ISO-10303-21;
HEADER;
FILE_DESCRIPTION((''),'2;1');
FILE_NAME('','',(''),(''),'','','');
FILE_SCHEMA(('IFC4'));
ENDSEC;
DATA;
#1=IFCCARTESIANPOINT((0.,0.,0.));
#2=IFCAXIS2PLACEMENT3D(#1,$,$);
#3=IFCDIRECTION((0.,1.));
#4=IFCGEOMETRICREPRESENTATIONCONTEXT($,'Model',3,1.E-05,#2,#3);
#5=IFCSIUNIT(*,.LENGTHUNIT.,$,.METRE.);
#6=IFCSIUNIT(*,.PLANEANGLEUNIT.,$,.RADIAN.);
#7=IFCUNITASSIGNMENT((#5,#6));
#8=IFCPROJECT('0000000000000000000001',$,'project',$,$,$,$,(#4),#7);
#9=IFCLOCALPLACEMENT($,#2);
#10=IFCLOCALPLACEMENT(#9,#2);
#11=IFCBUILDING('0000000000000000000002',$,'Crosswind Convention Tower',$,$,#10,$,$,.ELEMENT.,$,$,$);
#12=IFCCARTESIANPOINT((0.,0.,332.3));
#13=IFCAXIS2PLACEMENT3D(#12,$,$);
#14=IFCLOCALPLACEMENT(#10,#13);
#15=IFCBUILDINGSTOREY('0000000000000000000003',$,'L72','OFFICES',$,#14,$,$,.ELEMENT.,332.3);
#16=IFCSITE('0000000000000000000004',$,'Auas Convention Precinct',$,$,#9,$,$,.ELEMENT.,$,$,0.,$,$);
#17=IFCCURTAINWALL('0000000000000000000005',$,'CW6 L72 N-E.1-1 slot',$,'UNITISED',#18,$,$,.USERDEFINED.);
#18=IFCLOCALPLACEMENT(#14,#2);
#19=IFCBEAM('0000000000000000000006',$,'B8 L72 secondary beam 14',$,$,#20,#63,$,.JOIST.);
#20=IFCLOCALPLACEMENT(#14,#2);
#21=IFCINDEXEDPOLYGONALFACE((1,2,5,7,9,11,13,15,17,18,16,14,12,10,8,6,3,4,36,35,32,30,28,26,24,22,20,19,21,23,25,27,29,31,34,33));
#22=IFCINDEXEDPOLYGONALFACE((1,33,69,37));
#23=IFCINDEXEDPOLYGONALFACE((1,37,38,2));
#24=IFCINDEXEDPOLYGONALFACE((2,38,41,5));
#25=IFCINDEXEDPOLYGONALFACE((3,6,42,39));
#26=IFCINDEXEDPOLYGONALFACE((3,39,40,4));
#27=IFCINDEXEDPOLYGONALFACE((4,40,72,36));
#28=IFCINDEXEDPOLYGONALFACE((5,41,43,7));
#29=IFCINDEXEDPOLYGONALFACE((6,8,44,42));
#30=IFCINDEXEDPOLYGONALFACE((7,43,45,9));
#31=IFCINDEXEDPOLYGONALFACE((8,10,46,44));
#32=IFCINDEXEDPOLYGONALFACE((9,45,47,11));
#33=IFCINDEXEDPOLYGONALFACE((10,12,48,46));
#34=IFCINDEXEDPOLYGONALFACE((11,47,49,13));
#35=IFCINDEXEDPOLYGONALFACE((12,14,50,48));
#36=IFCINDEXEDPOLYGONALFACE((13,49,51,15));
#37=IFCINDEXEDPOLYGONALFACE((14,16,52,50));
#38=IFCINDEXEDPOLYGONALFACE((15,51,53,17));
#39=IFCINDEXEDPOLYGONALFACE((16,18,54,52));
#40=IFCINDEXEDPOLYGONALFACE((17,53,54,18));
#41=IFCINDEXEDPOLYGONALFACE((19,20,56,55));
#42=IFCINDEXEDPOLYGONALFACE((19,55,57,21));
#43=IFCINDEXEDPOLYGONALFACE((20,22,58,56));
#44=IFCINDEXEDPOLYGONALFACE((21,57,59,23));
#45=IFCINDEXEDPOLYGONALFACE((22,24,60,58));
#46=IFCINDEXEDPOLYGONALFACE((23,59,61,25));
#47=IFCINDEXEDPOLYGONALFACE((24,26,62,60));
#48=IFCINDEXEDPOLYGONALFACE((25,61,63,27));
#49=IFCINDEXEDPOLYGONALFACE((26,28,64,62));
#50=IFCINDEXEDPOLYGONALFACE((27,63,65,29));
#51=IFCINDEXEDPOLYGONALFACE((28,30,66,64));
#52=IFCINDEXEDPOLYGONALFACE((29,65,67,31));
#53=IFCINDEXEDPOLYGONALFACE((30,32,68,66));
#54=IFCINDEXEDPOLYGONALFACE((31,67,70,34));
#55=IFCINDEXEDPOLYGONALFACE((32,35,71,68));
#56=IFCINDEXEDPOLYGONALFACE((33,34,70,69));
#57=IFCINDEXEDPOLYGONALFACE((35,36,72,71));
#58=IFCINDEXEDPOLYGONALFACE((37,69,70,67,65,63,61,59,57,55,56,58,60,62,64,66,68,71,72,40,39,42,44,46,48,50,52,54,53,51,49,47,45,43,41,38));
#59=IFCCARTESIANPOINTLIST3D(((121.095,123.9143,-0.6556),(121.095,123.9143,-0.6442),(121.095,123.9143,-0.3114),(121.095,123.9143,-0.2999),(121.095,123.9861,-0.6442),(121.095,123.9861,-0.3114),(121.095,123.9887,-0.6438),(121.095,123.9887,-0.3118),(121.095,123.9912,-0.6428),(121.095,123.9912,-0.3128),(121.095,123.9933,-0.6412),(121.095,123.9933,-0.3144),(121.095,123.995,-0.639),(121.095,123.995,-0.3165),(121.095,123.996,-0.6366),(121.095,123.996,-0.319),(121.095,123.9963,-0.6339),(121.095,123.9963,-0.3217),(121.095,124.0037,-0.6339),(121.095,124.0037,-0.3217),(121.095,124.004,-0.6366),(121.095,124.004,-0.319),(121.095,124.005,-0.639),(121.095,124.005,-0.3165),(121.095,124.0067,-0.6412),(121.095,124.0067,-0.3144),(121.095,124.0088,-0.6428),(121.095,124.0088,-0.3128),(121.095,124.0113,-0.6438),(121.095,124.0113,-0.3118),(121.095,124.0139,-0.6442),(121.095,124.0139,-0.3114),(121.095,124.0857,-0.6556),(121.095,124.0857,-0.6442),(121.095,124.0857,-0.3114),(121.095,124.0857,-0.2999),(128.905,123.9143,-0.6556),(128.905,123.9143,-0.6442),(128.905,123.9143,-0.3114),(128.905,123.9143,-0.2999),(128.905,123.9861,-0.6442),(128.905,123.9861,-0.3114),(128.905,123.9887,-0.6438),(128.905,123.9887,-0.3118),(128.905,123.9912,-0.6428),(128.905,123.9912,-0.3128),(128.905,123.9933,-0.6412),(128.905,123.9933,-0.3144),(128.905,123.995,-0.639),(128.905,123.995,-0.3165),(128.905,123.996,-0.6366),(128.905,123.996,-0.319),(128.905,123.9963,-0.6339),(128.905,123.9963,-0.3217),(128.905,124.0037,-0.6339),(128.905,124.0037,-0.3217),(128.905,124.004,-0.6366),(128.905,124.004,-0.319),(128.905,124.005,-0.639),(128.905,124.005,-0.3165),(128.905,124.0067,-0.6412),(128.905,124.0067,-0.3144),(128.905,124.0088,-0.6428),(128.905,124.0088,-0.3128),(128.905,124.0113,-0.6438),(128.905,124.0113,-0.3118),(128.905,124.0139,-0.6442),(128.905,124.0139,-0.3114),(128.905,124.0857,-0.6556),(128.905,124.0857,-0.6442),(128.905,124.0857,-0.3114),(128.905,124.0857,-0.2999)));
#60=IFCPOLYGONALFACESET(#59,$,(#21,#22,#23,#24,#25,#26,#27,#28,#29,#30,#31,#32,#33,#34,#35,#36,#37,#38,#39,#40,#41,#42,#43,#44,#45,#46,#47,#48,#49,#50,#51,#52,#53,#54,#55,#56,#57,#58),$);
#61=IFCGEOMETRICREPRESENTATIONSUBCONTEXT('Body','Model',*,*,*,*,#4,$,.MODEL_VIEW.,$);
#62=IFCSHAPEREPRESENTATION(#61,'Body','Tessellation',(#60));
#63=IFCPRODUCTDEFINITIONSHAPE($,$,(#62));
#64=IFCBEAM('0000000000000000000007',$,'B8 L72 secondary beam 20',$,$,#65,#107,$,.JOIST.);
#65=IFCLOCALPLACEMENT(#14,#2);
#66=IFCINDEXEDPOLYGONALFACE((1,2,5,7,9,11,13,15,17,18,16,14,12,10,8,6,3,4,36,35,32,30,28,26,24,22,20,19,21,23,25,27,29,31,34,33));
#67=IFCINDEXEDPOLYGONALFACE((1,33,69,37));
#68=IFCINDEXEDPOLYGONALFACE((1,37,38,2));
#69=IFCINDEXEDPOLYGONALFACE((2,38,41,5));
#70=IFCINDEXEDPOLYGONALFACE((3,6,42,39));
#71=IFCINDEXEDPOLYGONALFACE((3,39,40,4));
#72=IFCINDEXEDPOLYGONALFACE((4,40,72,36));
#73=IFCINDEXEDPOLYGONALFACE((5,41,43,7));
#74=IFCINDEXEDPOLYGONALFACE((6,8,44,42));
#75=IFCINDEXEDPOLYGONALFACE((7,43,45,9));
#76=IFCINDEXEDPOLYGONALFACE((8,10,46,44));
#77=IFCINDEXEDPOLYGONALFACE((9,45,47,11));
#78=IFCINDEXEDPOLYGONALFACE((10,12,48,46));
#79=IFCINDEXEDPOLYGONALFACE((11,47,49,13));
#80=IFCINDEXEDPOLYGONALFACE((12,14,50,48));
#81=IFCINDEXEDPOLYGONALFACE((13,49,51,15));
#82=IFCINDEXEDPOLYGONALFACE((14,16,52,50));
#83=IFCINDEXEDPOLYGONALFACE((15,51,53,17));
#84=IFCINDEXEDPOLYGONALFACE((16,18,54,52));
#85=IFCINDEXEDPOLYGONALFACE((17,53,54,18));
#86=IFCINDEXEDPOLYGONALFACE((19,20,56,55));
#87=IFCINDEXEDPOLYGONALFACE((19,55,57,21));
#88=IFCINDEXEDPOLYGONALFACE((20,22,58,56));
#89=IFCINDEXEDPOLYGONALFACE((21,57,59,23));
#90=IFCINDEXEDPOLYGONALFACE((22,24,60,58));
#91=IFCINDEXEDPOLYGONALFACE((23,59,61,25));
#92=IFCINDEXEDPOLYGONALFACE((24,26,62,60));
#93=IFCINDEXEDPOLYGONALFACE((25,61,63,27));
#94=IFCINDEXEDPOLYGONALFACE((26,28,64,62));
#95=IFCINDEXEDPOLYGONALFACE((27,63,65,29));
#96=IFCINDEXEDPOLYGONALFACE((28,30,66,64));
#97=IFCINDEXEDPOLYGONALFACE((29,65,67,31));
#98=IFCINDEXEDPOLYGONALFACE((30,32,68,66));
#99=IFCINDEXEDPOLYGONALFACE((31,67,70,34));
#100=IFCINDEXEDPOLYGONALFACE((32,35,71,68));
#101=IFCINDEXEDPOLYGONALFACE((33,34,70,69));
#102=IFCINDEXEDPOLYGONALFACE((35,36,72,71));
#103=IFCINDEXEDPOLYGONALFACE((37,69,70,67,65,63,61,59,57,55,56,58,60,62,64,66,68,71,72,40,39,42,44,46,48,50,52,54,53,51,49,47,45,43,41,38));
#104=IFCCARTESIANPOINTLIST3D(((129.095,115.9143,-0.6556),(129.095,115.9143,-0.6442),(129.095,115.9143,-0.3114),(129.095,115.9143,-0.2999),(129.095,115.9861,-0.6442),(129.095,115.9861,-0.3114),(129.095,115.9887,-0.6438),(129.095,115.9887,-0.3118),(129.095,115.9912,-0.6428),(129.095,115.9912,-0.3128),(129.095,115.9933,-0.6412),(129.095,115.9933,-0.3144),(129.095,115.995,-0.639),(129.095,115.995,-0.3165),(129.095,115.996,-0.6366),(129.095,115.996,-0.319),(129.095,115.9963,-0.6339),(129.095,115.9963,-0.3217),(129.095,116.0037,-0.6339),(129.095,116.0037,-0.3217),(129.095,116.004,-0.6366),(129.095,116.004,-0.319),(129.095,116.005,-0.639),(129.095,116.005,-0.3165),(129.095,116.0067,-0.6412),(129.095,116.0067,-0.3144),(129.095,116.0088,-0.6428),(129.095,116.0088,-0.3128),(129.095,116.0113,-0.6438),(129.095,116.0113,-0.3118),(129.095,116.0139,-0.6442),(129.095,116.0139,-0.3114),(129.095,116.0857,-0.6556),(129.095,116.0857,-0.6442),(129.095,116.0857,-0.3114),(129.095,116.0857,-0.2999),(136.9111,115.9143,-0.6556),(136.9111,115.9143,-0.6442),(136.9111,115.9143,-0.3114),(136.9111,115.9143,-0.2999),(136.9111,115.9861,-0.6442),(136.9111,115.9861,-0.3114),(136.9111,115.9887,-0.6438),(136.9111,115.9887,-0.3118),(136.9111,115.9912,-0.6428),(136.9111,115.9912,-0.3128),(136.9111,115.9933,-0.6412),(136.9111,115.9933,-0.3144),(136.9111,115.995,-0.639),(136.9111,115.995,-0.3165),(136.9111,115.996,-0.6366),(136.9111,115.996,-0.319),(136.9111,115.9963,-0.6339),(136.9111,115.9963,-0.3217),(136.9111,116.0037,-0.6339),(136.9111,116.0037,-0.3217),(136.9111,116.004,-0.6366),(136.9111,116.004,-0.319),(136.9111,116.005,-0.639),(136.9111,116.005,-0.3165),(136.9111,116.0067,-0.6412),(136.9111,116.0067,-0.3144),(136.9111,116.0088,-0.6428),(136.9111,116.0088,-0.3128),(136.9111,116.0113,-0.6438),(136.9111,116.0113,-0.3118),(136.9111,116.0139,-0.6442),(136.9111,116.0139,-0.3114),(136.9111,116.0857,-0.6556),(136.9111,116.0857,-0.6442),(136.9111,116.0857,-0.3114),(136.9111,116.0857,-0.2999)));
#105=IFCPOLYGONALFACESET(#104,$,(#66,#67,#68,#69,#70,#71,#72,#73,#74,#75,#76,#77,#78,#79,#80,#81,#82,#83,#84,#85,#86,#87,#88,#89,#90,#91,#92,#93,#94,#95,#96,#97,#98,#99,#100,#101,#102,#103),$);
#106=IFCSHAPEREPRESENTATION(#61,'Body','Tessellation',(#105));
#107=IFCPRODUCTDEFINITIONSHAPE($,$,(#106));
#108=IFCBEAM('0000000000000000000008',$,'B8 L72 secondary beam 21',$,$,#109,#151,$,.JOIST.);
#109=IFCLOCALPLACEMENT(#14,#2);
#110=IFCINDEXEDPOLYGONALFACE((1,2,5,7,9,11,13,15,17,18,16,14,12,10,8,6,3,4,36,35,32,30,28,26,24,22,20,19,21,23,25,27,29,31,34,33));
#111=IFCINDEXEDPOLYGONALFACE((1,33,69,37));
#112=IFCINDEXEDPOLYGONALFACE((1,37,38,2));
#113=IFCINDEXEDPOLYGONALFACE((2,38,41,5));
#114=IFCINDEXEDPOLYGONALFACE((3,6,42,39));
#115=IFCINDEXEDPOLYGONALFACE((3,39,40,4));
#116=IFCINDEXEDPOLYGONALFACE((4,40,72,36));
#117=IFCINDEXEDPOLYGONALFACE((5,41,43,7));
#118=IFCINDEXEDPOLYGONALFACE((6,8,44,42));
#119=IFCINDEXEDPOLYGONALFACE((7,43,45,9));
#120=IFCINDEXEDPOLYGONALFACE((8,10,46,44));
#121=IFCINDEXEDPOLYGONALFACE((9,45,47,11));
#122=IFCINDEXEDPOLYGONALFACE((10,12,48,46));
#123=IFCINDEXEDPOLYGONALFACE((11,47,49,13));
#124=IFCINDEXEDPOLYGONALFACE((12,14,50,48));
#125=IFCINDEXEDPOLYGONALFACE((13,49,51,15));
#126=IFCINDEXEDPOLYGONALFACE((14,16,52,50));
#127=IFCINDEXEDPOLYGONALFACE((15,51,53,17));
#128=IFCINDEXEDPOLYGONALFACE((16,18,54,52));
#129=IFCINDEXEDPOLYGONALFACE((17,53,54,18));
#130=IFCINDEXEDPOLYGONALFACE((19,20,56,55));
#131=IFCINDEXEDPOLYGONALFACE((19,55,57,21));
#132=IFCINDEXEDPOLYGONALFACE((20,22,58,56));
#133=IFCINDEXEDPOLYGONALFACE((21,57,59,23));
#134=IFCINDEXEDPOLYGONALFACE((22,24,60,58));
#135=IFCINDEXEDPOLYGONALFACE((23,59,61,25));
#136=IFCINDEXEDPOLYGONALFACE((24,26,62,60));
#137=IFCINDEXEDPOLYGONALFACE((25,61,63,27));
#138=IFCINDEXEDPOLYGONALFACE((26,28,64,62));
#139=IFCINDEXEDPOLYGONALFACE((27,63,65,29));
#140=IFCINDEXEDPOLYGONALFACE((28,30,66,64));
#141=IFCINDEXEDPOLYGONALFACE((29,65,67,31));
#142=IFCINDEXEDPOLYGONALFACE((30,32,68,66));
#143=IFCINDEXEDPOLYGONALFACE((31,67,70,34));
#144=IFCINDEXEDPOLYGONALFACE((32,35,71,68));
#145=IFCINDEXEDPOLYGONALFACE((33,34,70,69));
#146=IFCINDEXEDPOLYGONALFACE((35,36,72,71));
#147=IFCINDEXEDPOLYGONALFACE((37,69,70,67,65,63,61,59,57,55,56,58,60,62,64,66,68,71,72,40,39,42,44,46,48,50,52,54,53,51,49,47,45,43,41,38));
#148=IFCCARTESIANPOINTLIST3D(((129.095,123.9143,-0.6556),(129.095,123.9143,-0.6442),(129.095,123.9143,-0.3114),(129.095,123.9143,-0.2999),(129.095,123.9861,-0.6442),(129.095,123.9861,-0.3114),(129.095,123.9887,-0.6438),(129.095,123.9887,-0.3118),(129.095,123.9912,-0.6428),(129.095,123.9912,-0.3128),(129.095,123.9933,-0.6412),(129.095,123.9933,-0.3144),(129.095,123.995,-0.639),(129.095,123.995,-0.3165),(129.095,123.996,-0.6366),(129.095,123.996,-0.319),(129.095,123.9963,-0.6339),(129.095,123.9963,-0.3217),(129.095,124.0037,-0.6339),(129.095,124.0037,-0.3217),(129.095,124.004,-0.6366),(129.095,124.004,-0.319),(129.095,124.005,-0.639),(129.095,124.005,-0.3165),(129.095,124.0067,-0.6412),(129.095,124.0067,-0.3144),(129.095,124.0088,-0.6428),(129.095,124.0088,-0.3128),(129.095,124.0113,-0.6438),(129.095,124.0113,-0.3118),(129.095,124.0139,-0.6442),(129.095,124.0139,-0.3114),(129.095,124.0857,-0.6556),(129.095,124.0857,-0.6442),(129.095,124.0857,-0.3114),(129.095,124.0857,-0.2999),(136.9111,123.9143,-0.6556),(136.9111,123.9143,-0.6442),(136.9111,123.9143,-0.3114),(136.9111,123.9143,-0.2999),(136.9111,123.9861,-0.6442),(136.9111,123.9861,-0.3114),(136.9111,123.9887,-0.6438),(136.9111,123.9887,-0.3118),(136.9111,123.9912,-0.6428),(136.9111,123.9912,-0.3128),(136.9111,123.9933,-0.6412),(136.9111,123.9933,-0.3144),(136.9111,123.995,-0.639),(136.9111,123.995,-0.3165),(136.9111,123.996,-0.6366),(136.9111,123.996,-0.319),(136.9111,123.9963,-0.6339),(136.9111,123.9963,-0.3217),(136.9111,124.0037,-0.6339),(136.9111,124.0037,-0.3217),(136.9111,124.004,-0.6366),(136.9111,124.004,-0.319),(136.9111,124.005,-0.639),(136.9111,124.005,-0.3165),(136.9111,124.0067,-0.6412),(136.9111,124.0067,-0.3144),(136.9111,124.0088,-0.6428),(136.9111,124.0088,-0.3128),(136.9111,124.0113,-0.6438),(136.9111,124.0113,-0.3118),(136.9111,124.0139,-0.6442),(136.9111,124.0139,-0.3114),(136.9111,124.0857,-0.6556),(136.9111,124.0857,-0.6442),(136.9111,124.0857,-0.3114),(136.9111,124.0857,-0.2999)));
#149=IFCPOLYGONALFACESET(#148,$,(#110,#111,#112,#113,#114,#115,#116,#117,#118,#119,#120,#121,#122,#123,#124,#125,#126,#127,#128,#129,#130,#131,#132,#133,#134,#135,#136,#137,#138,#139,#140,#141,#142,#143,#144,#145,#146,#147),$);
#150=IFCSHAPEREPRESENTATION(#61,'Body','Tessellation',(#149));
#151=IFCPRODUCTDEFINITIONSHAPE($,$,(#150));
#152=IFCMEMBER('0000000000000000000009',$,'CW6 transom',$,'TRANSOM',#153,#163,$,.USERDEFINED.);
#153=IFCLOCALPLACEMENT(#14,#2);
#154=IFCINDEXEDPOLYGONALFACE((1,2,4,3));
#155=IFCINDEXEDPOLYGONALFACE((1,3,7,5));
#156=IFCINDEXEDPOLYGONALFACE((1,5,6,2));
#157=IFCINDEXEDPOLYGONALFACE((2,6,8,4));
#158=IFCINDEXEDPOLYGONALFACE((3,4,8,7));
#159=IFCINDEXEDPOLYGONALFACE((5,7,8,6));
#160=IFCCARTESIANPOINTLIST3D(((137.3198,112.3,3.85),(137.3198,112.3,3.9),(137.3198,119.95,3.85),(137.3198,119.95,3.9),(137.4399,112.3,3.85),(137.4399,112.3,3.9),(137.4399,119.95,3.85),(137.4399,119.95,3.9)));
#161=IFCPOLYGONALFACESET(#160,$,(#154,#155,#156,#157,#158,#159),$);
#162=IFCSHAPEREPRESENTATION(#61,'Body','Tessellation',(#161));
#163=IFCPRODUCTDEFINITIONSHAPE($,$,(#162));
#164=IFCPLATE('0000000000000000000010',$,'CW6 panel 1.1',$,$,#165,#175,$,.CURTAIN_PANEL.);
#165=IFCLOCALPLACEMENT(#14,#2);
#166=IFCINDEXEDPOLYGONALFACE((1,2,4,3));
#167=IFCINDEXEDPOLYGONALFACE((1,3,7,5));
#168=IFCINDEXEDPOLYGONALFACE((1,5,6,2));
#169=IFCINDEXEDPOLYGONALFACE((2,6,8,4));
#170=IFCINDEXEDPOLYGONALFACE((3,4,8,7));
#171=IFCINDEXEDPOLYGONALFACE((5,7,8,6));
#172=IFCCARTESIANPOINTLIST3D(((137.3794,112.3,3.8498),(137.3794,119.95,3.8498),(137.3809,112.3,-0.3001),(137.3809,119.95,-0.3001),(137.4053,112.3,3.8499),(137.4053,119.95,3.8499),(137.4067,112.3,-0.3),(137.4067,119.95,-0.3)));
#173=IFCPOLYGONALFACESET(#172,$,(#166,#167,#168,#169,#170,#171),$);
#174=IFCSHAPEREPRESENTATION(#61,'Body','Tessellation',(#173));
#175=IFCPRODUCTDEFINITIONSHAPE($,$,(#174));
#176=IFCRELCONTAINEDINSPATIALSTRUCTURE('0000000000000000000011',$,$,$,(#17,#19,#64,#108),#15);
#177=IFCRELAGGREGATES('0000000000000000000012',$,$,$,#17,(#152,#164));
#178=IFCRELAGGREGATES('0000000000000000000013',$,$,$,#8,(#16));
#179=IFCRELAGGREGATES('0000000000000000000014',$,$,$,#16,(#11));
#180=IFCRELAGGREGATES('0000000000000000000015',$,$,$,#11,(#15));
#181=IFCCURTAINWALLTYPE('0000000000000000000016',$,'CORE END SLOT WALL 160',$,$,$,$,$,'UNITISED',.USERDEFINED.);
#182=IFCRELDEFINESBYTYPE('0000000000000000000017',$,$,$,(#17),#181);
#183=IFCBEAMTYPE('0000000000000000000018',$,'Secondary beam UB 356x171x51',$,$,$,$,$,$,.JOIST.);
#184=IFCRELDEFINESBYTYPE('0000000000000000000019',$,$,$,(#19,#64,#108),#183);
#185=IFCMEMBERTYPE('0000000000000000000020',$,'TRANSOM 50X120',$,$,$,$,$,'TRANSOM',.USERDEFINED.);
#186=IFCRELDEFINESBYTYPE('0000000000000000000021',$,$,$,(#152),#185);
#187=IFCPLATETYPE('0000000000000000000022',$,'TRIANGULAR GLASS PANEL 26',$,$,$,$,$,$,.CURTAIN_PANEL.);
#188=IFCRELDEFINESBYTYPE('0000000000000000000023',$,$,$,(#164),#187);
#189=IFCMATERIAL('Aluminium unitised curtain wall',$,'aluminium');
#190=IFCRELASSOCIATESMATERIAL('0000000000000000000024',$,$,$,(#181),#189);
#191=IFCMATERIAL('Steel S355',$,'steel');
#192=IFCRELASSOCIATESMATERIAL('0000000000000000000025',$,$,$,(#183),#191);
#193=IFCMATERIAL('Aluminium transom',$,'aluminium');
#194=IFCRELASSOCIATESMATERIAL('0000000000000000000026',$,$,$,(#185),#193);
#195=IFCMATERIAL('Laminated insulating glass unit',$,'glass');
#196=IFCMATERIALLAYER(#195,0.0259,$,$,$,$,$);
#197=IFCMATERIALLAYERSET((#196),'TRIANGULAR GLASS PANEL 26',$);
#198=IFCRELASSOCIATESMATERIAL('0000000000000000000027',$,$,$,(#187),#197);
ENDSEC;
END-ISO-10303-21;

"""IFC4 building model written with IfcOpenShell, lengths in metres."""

from ifc_helpers import new_model, si_unit, direction, frame, origin, origin_2d, place, context, subcontext, project, spatial, polyline, rectangle, i_section, outline, extrude, material, layer, layer_set, material_profile, profile_set, type_object, element, aggregate, save


model = new_model("IFC4")

# Units and contexts
model_context = context("Model", 3, precision=1e-05, world=origin(), true_north=direction((0.0, 1.0)))
body_context = subcontext(model_context, "Body", "Model", "MODEL_VIEW")
ifc_project = project(units=[si_unit("LENGTHUNIT", "METRE"), si_unit("PLANEANGLEUNIT", "RADIAN")], contexts=[model_context])

# Site, building, storey
site_placement = place(None, origin())
site = spatial("IfcSite", under=ifc_project, at=site_placement, Name="Auas Convention Precinct", CompositionType="ELEMENT", RefElevation=0.0)
building_placement = place(site_placement, origin())
building = spatial("IfcBuilding", under=site, at=building_placement, Name="Crosswind Convention Tower", CompositionType="ELEMENT")
storey_placement = place(building_placement, frame((0.0, 0.0, 332.3)))
storey = spatial("IfcBuildingStorey", under=building, at=storey_placement, Name="L72", Description="OFFICES", CompositionType="ELEMENT", Elevation=332.3)

# Shared definitions
ifc_material_1 = material(Name="Steel S355", Category="steel")

# Curtain wall
ifc_material_2 = material(Name="Aluminium unitised curtain wall", Category="aluminium")
curtain_wall_type = type_object("IfcCurtainWallType", Name="CORE END SLOT WALL 160", ElementType="UNITISED", PredefinedType="USERDEFINED", material=ifc_material_2)
curtain_wall_placement = place(storey_placement, origin())
curtain_wall = element("IfcCurtainWall", 1, at=curtain_wall_placement, inside=storey, type_object=curtain_wall_type, Name="CW6 L72 N-E.1-1 slot", ObjectType="UNITISED", PredefinedType="USERDEFINED")

# Beams
ifc_material_profile_1 = material_profile(ifc_material_1, i_section(OverallWidth=0.1714, OverallDepth=0.3557, WebThickness=0.0073, FlangeThickness=0.0115, FilletRadius=0.0103, at=origin_2d()), Name="UB 356x171x51")
ifc_profile_set_1 = profile_set([ifc_material_profile_1], Name="Steel S355")
beam_type_1 = type_object("IfcBeamType", Name="Secondary beam UB 356x171x51", PredefinedType="JOIST", material=ifc_profile_set_1)
for number, where, z_axis, x_axis, name in (
    (2, (121.095, 124.0, -0.4778), (1.0, 0.0, 0.0), (0.0, 1.0, 0.0), "B8 L72 secondary beam 14"),
):
    element("IfcBeam", number, at=place(storey_placement, frame(where, z_axis=z_axis, x_axis=x_axis)), inside=storey, type_object=beam_type_1, Name=name, PredefinedType="JOIST", context=body_context, shape_type="SweptSolid", body=[
        extrude(i_section(OverallWidth=0.1714, OverallDepth=0.3557, WebThickness=0.0073, FlangeThickness=0.0115, FilletRadius=0.0103, at=origin_2d()), origin(), (0.0, 0.0, 1.0), 7.8101),
    ])
for number, where, z_axis, x_axis, name in (
    (3, (129.095, 116.0, -0.4778), (1.0, 0.0, 0.0), (0.0, 1.0, 0.0), "B8 L72 secondary beam 20"),
    (4, (129.095, 124.0, -0.4778), (1.0, 0.0, 0.0), (0.0, 1.0, 0.0), "B8 L72 secondary beam 21"),
):
    element("IfcBeam", number, at=place(storey_placement, frame(where, z_axis=z_axis, x_axis=x_axis)), inside=storey, type_object=beam_type_1, Name=name, PredefinedType="JOIST", context=body_context, shape_type="SweptSolid", body=[
        extrude(i_section(OverallWidth=0.1714, OverallDepth=0.3557, WebThickness=0.0073, FlangeThickness=0.0115, FilletRadius=0.0103, at=origin_2d()), origin(), (0.0, 0.0, 1.0), 7.8162),
    ])

# Member
ifc_material_3 = material(Name="Aluminium transom", Category="aluminium")
ifc_material_profile_2 = material_profile(ifc_material_3, rectangle(XDim=0.1201, YDim=0.05, at=origin_2d()), Name="AL 120X50")
ifc_profile_set_2 = profile_set([ifc_material_profile_2], Name="Aluminium transom")
member_type_1 = type_object("IfcMemberType", Name="TRANSOM 50X120", ElementType="TRANSOM", PredefinedType="USERDEFINED", material=ifc_profile_set_2)
member_1_placement = place(storey_placement, frame((137.3799, 112.3, 3.875), z_axis=(0.0, 1.0, 0.0), x_axis=(-1.0, 0.0, 0.0)))
member_1 = element("IfcMember", 5, at=member_1_placement, type_object=member_type_1, Name="CW6 transom", ObjectType="TRANSOM", PredefinedType="USERDEFINED", context=body_context, shape_type="SweptSolid", body=[
    extrude(rectangle(XDim=0.1201, YDim=0.05, at=origin_2d()), origin(), (0.0, 0.0, 1.0), 7.6499),
])

# Plate
ifc_material_4 = material(Name="Laminated insulating glass unit", Category="glass")
ifc_layer_1 = layer(ifc_material_4, 0.0259)
ifc_layer_set_1 = layer_set([ifc_layer_1], Name="TRIANGULAR GLASS PANEL 26")
plate_type = type_object("IfcPlateType", Name="TRIANGULAR GLASS PANEL 26", PredefinedType="CURTAIN_PANEL", material=ifc_layer_set_1)
plate_placement = place(storey_placement, frame((137.4067, 112.3, -0.3), z_axis=(1.0, 0.0, 0.000353), x_axis=(0.0, 1.0, 0.0)))
plate = element("IfcPlate", 6, at=plate_placement, type_object=plate_type, Name="CW6 panel 1.1", PredefinedType="CURTAIN_PANEL", context=body_context, shape_type="SweptSolid", body=[
    extrude(outline(polyline([(0.0, 0.0), (7.6499, 0.0), (7.6499, 4.1499), (0.0, 4.1499), (0.0, 0.0)])), origin(), (0.0, 0.0, -1.0), 0.0259),
])
aggregate(curtain_wall, [member_1, plate])

save(model, "model.ifc")
